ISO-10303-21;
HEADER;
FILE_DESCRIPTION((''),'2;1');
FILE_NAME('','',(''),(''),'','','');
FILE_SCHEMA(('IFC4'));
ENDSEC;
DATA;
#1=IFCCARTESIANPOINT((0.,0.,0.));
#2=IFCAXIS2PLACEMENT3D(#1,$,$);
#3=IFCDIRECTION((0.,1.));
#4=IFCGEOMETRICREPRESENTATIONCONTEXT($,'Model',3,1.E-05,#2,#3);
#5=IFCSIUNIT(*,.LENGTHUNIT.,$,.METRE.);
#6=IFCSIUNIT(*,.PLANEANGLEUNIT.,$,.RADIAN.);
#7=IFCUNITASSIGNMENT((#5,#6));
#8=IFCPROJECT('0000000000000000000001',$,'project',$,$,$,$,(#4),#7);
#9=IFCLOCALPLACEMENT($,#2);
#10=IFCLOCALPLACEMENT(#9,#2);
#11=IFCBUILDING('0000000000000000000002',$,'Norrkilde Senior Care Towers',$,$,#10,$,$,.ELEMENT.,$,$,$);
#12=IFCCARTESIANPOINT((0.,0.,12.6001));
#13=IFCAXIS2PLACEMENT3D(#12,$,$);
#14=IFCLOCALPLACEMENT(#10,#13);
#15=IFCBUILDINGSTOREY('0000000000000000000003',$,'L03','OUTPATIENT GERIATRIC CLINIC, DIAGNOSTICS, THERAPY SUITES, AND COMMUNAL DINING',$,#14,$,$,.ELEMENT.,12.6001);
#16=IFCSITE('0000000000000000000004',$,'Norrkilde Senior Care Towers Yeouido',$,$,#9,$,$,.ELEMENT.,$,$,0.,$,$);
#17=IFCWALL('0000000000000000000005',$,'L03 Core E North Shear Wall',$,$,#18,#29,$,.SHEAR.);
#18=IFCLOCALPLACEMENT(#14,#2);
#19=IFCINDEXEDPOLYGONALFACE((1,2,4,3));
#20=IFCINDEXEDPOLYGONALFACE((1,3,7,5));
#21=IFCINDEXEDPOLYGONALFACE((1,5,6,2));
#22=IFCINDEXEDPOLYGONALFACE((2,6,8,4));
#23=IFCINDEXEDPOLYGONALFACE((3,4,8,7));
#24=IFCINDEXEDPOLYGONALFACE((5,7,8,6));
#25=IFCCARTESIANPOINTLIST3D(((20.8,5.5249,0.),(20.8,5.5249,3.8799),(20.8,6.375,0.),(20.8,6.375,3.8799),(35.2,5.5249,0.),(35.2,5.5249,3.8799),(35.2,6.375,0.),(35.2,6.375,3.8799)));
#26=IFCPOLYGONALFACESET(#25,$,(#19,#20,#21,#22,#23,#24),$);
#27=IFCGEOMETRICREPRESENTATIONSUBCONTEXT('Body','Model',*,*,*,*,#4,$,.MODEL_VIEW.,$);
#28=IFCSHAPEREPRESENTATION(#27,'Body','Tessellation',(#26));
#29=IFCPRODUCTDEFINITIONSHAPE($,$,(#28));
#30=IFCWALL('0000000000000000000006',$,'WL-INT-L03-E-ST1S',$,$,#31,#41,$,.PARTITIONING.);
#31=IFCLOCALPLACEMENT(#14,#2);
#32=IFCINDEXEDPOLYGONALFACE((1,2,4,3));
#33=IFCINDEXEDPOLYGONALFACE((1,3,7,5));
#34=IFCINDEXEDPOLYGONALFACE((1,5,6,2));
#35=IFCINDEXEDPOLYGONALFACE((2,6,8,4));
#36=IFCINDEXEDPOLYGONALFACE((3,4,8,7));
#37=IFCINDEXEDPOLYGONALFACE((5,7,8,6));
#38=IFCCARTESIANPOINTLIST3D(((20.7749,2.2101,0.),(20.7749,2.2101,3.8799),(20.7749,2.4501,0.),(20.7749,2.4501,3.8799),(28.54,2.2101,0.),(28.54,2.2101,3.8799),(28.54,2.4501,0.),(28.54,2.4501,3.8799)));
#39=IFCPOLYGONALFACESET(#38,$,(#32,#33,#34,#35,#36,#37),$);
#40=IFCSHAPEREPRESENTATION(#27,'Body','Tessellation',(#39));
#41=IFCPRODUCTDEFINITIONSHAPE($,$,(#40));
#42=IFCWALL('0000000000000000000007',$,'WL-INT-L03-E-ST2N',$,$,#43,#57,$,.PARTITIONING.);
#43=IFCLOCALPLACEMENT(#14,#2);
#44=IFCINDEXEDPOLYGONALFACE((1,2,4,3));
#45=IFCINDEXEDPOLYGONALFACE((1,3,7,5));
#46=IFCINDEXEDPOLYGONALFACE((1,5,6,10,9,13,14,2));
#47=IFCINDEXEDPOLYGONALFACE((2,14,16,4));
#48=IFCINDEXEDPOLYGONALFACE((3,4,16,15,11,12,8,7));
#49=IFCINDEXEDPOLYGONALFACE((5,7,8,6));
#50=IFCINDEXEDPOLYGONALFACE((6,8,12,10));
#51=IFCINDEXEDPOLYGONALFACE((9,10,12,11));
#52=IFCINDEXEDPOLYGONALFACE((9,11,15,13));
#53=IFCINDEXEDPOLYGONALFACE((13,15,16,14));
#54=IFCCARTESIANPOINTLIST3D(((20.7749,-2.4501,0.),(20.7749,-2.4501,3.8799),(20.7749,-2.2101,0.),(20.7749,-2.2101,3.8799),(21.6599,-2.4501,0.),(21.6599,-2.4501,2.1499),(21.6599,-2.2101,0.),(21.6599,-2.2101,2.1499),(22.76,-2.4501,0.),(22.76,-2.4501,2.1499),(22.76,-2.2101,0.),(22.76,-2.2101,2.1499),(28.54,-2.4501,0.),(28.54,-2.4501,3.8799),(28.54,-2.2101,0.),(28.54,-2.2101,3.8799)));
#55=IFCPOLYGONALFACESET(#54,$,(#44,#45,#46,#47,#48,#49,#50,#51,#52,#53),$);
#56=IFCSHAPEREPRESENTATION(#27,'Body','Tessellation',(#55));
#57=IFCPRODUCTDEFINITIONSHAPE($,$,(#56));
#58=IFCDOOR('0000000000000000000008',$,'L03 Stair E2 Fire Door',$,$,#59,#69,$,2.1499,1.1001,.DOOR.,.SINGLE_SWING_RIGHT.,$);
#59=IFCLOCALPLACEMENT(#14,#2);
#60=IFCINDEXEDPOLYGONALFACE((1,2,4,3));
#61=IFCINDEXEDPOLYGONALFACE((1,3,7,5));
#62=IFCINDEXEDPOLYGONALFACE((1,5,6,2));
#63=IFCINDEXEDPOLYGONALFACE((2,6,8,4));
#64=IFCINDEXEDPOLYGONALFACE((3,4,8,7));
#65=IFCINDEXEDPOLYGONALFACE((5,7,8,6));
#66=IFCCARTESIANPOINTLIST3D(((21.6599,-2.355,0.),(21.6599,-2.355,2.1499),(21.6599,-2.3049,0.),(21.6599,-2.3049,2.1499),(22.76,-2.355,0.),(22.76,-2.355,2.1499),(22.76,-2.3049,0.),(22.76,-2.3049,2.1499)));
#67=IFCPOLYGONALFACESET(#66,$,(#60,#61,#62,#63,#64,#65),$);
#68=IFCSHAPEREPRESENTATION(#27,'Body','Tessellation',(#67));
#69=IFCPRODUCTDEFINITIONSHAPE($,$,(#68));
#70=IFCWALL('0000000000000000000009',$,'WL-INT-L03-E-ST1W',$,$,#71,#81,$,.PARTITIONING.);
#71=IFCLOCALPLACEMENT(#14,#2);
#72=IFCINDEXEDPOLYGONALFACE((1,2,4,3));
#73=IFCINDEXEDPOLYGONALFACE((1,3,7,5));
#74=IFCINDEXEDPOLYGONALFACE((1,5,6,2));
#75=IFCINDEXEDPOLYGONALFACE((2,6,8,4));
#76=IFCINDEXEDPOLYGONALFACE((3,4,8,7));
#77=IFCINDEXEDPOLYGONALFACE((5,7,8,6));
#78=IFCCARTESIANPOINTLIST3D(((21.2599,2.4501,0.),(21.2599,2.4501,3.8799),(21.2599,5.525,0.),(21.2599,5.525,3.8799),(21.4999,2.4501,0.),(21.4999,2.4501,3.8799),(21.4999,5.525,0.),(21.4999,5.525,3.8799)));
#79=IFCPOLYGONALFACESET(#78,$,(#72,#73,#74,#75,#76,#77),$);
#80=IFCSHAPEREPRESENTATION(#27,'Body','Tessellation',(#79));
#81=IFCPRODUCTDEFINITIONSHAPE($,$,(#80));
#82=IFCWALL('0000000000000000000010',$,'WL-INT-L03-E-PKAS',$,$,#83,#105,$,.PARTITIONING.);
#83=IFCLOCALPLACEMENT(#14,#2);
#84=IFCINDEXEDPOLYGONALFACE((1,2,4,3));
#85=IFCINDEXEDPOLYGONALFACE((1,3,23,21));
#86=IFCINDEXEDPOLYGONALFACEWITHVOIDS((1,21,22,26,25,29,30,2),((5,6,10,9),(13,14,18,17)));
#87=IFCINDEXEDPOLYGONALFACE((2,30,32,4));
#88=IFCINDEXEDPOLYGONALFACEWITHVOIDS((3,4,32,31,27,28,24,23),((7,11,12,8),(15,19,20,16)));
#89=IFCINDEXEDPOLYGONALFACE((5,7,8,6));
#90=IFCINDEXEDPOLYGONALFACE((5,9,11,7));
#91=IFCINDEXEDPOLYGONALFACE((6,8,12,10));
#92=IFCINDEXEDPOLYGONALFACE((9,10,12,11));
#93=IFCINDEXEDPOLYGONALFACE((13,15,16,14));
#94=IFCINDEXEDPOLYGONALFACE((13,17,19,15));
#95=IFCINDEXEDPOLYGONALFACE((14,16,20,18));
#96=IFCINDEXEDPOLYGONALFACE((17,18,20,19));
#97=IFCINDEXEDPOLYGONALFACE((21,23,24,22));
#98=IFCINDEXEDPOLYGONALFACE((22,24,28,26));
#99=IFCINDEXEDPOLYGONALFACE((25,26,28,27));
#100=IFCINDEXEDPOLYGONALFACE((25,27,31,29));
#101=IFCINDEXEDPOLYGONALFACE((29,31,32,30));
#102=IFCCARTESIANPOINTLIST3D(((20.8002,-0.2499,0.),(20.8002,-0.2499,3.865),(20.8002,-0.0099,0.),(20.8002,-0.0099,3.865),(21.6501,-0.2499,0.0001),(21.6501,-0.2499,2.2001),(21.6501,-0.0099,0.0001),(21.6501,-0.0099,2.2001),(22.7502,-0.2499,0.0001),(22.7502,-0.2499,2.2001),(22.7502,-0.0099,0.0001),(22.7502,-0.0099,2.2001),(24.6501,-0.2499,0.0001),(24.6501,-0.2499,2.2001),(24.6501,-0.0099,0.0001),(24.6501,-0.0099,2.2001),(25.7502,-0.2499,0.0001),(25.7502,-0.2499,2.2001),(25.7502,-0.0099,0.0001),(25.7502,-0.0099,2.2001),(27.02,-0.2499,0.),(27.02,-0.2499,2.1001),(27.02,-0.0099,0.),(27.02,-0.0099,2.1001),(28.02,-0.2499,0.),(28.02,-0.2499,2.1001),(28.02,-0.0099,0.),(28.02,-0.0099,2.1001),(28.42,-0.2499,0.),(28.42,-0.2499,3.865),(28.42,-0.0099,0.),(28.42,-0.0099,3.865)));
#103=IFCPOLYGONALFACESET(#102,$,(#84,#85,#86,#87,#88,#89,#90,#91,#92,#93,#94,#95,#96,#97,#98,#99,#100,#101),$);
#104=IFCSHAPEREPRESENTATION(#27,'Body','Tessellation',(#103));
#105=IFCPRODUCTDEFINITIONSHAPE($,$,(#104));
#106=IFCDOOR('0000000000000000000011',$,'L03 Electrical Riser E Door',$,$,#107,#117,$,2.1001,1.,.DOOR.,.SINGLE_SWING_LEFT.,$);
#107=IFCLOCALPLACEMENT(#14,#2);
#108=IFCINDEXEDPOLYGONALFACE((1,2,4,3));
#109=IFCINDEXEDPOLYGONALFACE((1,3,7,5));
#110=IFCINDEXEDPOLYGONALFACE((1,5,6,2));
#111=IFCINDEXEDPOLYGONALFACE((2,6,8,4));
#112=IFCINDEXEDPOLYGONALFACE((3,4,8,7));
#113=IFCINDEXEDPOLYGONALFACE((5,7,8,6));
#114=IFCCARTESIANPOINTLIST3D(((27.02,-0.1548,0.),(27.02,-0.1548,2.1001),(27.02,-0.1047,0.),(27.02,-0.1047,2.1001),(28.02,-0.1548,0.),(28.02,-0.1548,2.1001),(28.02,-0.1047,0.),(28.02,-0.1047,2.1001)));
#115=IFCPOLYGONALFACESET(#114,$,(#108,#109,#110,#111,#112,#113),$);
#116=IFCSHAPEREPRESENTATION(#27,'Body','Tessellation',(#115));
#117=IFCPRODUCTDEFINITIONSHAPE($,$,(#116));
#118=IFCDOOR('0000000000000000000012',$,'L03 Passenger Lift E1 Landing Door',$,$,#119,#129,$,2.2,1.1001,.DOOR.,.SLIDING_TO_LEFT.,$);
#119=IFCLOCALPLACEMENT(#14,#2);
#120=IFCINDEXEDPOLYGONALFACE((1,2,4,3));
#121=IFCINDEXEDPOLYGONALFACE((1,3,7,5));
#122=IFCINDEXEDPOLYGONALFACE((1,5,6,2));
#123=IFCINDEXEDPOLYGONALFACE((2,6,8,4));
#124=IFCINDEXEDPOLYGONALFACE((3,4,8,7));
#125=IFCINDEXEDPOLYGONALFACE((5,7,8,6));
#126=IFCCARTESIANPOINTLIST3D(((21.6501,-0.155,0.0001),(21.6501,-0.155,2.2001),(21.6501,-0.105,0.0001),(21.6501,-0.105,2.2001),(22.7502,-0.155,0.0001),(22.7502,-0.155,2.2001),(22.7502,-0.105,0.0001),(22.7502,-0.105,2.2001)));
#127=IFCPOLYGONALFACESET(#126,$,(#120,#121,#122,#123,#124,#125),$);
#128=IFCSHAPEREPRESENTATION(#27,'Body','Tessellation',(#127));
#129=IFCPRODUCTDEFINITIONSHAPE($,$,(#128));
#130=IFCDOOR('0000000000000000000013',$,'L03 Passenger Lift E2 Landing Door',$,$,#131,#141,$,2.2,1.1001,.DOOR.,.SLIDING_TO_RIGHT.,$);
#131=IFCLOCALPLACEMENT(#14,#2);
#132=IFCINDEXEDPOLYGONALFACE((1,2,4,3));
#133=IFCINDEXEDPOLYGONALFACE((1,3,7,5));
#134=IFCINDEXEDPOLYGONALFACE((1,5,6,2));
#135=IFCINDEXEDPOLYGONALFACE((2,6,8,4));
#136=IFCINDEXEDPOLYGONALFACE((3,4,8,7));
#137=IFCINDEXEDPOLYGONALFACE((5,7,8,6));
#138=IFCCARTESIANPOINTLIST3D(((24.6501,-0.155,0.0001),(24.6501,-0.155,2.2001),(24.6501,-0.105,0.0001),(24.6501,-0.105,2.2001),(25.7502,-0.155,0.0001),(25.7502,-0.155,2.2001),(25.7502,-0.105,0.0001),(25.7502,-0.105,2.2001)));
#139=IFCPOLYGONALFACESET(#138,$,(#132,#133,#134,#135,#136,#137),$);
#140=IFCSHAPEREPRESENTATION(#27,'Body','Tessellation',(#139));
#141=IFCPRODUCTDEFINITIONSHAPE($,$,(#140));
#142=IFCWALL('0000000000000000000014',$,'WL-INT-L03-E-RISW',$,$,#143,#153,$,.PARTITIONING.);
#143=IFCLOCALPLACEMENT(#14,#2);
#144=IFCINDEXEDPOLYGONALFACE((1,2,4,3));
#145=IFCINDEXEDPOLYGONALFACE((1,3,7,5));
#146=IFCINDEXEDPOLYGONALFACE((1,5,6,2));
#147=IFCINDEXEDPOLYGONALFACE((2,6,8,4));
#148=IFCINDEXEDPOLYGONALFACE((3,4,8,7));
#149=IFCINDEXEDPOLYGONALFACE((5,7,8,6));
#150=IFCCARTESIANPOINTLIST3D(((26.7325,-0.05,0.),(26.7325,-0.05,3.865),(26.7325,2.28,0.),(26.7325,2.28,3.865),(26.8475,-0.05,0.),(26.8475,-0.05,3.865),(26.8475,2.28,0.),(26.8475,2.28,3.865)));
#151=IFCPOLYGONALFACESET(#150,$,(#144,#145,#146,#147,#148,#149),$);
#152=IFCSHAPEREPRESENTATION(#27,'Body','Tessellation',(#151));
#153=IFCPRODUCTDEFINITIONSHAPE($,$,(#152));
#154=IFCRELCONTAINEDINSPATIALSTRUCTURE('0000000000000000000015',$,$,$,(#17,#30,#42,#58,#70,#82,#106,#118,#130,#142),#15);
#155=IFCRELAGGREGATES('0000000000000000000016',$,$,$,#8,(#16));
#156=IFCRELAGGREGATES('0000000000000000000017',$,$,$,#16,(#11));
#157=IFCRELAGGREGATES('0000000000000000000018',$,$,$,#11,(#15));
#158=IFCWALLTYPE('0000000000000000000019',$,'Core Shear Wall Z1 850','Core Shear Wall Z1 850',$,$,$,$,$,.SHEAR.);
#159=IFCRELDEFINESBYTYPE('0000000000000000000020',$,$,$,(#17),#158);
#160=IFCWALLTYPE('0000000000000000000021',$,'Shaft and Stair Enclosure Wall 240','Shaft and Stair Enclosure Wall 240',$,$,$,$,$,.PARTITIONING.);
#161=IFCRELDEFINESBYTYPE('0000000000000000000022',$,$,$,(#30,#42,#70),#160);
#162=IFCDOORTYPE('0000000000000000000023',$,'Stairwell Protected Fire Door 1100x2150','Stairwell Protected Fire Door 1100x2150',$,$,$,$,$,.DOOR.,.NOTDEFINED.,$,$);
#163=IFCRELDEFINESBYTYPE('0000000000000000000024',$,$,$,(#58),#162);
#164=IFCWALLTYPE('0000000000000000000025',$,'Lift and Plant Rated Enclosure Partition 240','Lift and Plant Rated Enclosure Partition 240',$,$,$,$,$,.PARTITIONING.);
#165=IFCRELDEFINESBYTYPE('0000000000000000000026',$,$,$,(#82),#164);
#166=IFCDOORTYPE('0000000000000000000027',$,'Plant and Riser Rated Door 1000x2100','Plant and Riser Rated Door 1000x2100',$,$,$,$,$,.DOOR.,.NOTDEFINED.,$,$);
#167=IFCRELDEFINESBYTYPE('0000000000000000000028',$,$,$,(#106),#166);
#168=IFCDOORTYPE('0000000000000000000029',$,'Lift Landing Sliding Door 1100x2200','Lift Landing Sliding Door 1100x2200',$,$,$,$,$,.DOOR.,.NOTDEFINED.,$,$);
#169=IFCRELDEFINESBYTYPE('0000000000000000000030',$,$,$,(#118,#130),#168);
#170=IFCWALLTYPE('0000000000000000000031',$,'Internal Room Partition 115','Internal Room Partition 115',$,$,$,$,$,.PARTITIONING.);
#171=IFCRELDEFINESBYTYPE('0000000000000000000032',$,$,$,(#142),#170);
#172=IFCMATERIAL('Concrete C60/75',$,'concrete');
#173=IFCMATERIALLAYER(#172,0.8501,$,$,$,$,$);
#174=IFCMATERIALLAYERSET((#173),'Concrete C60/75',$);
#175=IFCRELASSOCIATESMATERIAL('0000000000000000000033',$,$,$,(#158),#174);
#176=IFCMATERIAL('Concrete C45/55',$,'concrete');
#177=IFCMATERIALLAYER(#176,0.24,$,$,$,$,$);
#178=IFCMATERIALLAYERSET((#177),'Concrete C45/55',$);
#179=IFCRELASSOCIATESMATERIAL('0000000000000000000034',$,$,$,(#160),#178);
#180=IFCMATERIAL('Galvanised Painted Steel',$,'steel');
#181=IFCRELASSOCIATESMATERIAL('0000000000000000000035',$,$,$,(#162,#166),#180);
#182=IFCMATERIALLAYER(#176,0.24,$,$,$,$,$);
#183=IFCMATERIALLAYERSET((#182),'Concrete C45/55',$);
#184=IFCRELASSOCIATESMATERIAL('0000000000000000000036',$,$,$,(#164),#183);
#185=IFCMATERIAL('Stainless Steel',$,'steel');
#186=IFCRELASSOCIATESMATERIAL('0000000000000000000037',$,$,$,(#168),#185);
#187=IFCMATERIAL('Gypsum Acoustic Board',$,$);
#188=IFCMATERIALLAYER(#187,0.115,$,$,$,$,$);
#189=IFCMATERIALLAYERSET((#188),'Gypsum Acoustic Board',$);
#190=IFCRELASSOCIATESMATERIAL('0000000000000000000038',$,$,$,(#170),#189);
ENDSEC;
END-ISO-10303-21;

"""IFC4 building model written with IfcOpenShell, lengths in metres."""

from ifc_helpers import new_model, si_unit, direction, frame, frame_2d, origin, place, context, subcontext, project, spatial, rectangle, extrude, source, transform, mapped, material, layer, layer_set, type_object, type_shapes, element, fill, save


model = new_model("IFC4")

# Units and contexts
model_context = context("Model", 3, precision=1e-05, world=origin(), true_north=direction((0.0, 1.0)))
body_context = subcontext(model_context, "Body", "Model", "MODEL_VIEW")
ifc_project = project(units=[si_unit("LENGTHUNIT", "METRE"), si_unit("PLANEANGLEUNIT", "RADIAN")], contexts=[model_context])

# Site, building, storey
site_placement = place(None, origin())
site = spatial("IfcSite", under=ifc_project, at=site_placement, Name="Norrkilde Senior Care Towers Yeouido", CompositionType="ELEMENT", RefElevation=0.0)
building_placement = place(site_placement, origin())
building = spatial("IfcBuilding", under=site, at=building_placement, Name="Norrkilde Senior Care Towers", CompositionType="ELEMENT")
storey_placement = place(building_placement, frame((0.0, 0.0, 12.6001)))
storey = spatial("IfcBuildingStorey", under=building, at=storey_placement, Name="L03", Description="OUTPATIENT GERIATRIC CLINIC, DIAGNOSTICS, THERAPY SUITES, AND COMMUNAL DINING", CompositionType="ELEMENT", Elevation=12.6001)

# Shared definitions
ifc_material_1 = material(Name="Concrete C60/75", Category="concrete")

# Walls
ifc_layer_1 = layer(ifc_material_1, 0.8501)
ifc_layer_set_1 = layer_set([ifc_layer_1], Name="Concrete C60/75")
wall_type_1 = type_object("IfcWallType", Name="Core Shear Wall Z1 850", Description="Core Shear Wall Z1 850", PredefinedType="SHEAR", material=ifc_layer_set_1)
shared_shape_1 = source(origin(), body_context, "Body", "SweptSolid", [
    extrude(rectangle(XDim=14.3999, YDim=0.8501, at=frame_2d((7.2, 0.0))), origin(), (0.0, 0.0, 1.0), 3.8799),
])
type_shapes(wall_type_1, [shared_shape_1])
wall_1_placement = place(storey_placement, frame((20.8, 5.95, 0.0), z_axis=(0.0, 0.0, 1.0), x_axis=(1.0, 0.0, 0.0)))
element("IfcWall", 1, at=wall_1_placement, inside=storey, type_object=wall_type_1, Name="L03 Core E North Shear Wall", PredefinedType="SHEAR", context=body_context, shape_type="MappedRepresentation", body=[
    mapped(shared_shape_1, transform((0.0, 0.0, 0.0), x_axis=(1.0, 0.0, 0.0), y_axis=(0.0, 1.0, 0.0), z_axis=(0.0, 0.0, 1.0), scale=1.0)),
])
ifc_material_2 = material(Name="Concrete C45/55", Category="concrete")
ifc_layer_2 = layer(ifc_material_2, 0.24)
ifc_layer_set_2 = layer_set([ifc_layer_2], Name="Concrete C45/55")
wall_type_2 = type_object("IfcWallType", Name="Shaft and Stair Enclosure Wall 240", Description="Shaft and Stair Enclosure Wall 240", PredefinedType="PARTITIONING", material=ifc_layer_set_2)
shared_shape_2 = source(origin(), body_context, "Body", "SweptSolid", [
    extrude(rectangle(XDim=7.7651, YDim=0.24, at=frame_2d((3.8826, 0.0))), origin(), (0.0, 0.0, 1.0), 3.8799),
])
wall_2_placement = place(storey_placement, frame((20.7749, 2.3301, 0.0), z_axis=(0.0, 0.0, 1.0), x_axis=(1.0, 0.0, 0.0)))
element("IfcWall", 2, at=wall_2_placement, inside=storey, type_object=wall_type_2, Name="WL-INT-L03-E-ST1S", PredefinedType="PARTITIONING", context=body_context, shape_type="MappedRepresentation", body=[
    mapped(shared_shape_2, transform((0.0, 0.0, 0.0), x_axis=(1.0, 0.0, 0.0), y_axis=(0.0, 1.0, 0.0), z_axis=(0.0, 0.0, 1.0), scale=1.0)),
])

# Wall, opening, door
wall_3_placement = place(storey_placement, frame((20.7749, -2.3301, 0.0), z_axis=(0.0, 0.0, 1.0), x_axis=(1.0, 0.0, 0.0)))
wall_3 = element("IfcWall", 3, at=wall_3_placement, inside=storey, type_object=wall_type_2, Name="WL-INT-L03-E-ST2N", PredefinedType="PARTITIONING", context=body_context, shape_type="MappedRepresentation", body=[
    mapped(shared_shape_2, transform((0.0, 0.0, 0.0), x_axis=(1.0, 0.0, 0.0), y_axis=(0.0, 1.0, 0.0), z_axis=(0.0, 0.0, 1.0), scale=1.0)),
])
opening_1_placement = place(wall_3_placement, frame((0.885, 0.0, 0.0)))
opening_1 = element("IfcOpeningElement", 4, at=opening_1_placement, cuts=wall_3, PredefinedType="OPENING", context=body_context, shape_type="SweptSolid", body=[
    extrude(rectangle(XDim=1.1001, YDim=2.1499, at=frame_2d((0.55, 1.075))), frame((0.0, 0.1299, 0.0), z_axis=(0.0, -1.0, 0.0), x_axis=(1.0, 0.0, 0.0)), (0.0, 0.0, 1.0), 0.26),
])
ifc_material_3 = material(Name="Galvanised Painted Steel", Category="steel")
door_type_1 = type_object("IfcDoorType", Name="Stairwell Protected Fire Door 1100x2150", Description="Stairwell Protected Fire Door 1100x2150", OperationType="NOTDEFINED", PredefinedType="DOOR", material=ifc_material_3)
shared_shape_3 = source(origin(), body_context, "Body", "SweptSolid", [
    extrude(rectangle(XDim=1.1001, YDim=2.1499, at=frame_2d((0.55, 1.075))), frame((0.0, 0.0249, 0.0), z_axis=(0.0, -1.0, 0.0), x_axis=(1.0, 0.0, 0.0)), (0.0, 0.0, 1.0), 0.05),
])
type_shapes(door_type_1, [shared_shape_3])
door_1_placement = place(opening_1_placement, frame((1.1001, 0.0, 0.0), z_axis=(0.0, 0.0, 1.0), x_axis=(-1.0, 0.0, 0.0)))
door_1 = element("IfcDoor", 5, at=door_1_placement, inside=storey, type_object=door_type_1, Name="L03 Stair E2 Fire Door", OperationType="SINGLE_SWING_RIGHT", OverallHeight=2.1499, OverallWidth=1.1001, PredefinedType="DOOR", context=body_context, shape_type="MappedRepresentation", body=[
    mapped(shared_shape_3, transform((0.0, 0.0, 0.0), x_axis=(1.0, 0.0, 0.0), y_axis=(0.0, 1.0, 0.0), z_axis=(0.0, 0.0, 1.0), scale=1.0)),
])
fill(opening_1, door_1)

# Wall
shared_shape_4 = source(origin(), body_context, "Body", "SweptSolid", [
    extrude(rectangle(XDim=3.075, YDim=0.24, at=frame_2d((1.5376, 0.0))), origin(), (0.0, 0.0, 1.0), 3.8799),
])
type_shapes(wall_type_2, [shared_shape_2, shared_shape_4])
wall_4_placement = place(storey_placement, frame((21.3799, 2.45, 0.0), z_axis=(0.0, 0.0, 1.0), x_axis=(0.0, 1.0, 0.0)))
element("IfcWall", 6, at=wall_4_placement, inside=storey, type_object=wall_type_2, Name="WL-INT-L03-E-ST1W", PredefinedType="PARTITIONING", context=body_context, shape_type="MappedRepresentation", body=[
    mapped(shared_shape_4, transform((0.0, 0.0, 0.0), x_axis=(1.0, 0.0, 0.0), y_axis=(0.0, 1.0, 0.0), z_axis=(0.0, 0.0, 1.0), scale=1.0)),
])

# Wall, openings, doors
ifc_layer_3 = layer(ifc_material_2, 0.24)
ifc_layer_set_3 = layer_set([ifc_layer_3], Name="Concrete C45/55")
wall_type_3 = type_object("IfcWallType", Name="Lift and Plant Rated Enclosure Partition 240", Description="Lift and Plant Rated Enclosure Partition 240", PredefinedType="PARTITIONING", material=ifc_layer_set_3)
shared_shape_5 = source(origin(), body_context, "Body", "SweptSolid", [
    extrude(rectangle(XDim=7.6199, YDim=0.24, at=frame_2d((3.8101, 0.0))), origin(), (0.0, 0.0, 1.0), 3.865),
])
type_shapes(wall_type_3, [shared_shape_5])
wall_5_placement = place(storey_placement, frame((20.8, -0.1299, 0.0), z_axis=(0.0, 0.0, 1.0), x_axis=(1.0, 0.0, 0.0)))
wall_5 = element("IfcWall", 7, at=wall_5_placement, inside=storey, type_object=wall_type_3, Name="WL-INT-L03-E-PKAS", PredefinedType="PARTITIONING", context=body_context, shape_type="MappedRepresentation", body=[
    mapped(shared_shape_5, transform((0.0, 0.0, 0.0), x_axis=(1.0, 0.0, 0.0), y_axis=(0.0, 1.0, 0.0), z_axis=(0.0, 0.0, 1.0), scale=1.0)),
])
opening_2_placement = place(wall_5_placement, frame((6.22, 0.0, 0.0)))
opening_2 = element("IfcOpeningElement", 8, at=opening_2_placement, cuts=wall_5, PredefinedType="OPENING", context=body_context, shape_type="SweptSolid", body=[
    extrude(rectangle(XDim=1.0, YDim=2.1001, at=frame_2d((0.5, 1.05))), frame((0.0, 0.1299, 0.0), z_axis=(0.0, -1.0, 0.0), x_axis=(1.0, 0.0, 0.0)), (0.0, 0.0, 1.0), 0.26),
])
opening_3_placement = place(wall_5_placement, frame((0.8501, 0.0, 0.0)))
opening_3 = element("IfcOpeningElement", 9, at=opening_3_placement, cuts=wall_5, PredefinedType="OPENING", context=body_context, shape_type="SweptSolid", body=[
    extrude(rectangle(XDim=1.1001, YDim=2.2, at=frame_2d((0.55, 1.1001))), frame((0.0, 0.1299, 0.0), z_axis=(0.0, -1.0, 0.0), x_axis=(1.0, 0.0, 0.0)), (0.0, 0.0, 1.0), 0.26),
])
opening_4_placement = place(wall_5_placement, frame((3.8501, 0.0, 0.0)))
opening_4 = element("IfcOpeningElement", 10, at=opening_4_placement, cuts=wall_5, PredefinedType="OPENING", context=body_context, shape_type="SweptSolid", body=[
    extrude(rectangle(XDim=1.1001, YDim=2.2, at=frame_2d((0.55, 1.1001))), frame((0.0, 0.1299, 0.0), z_axis=(0.0, -1.0, 0.0), x_axis=(1.0, 0.0, 0.0)), (0.0, 0.0, 1.0), 0.26),
])
door_type_2 = type_object("IfcDoorType", Name="Plant and Riser Rated Door 1000x2100", Description="Plant and Riser Rated Door 1000x2100", OperationType="NOTDEFINED", PredefinedType="DOOR", material=ifc_material_3)
shared_shape_6 = source(origin(), body_context, "Body", "SweptSolid", [
    extrude(rectangle(XDim=1.0, YDim=2.1001, at=frame_2d((0.5, 1.05))), frame((0.0, 0.0249, 0.0), z_axis=(0.0, -1.0, 0.0), x_axis=(1.0, 0.0, 0.0)), (0.0, 0.0, 1.0), 0.05),
])
type_shapes(door_type_2, [shared_shape_6])
door_2_placement = place(opening_2_placement, frame((1.0, 0.0, 0.0), z_axis=(0.0, 0.0, 1.0), x_axis=(-1.0, 0.0, 0.0)))
door_2 = element("IfcDoor", 11, at=door_2_placement, inside=storey, type_object=door_type_2, Name="L03 Electrical Riser E Door", OperationType="SINGLE_SWING_LEFT", OverallHeight=2.1001, OverallWidth=1.0, PredefinedType="DOOR", context=body_context, shape_type="MappedRepresentation", body=[
    mapped(shared_shape_6, transform((0.0, 0.0, 0.0), x_axis=(1.0, 0.0, 0.0), y_axis=(0.0, 1.0, 0.0), z_axis=(0.0, 0.0, 1.0), scale=1.0)),
])
fill(opening_2, door_2)
ifc_material_4 = material(Name="Stainless Steel", Category="steel")
door_type_3 = type_object("IfcDoorType", Name="Lift Landing Sliding Door 1100x2200", Description="Lift Landing Sliding Door 1100x2200", OperationType="NOTDEFINED", PredefinedType="DOOR", material=ifc_material_4)
shared_shape_7 = source(origin(), body_context, "Body", "SweptSolid", [
    extrude(rectangle(XDim=1.1001, YDim=2.2, at=frame_2d((0.55, 1.1001))), frame((0.0, 0.0249, 0.0), z_axis=(0.0, -1.0, 0.0), x_axis=(1.0, 0.0, 0.0)), (0.0, 0.0, 1.0), 0.05),
])
type_shapes(door_type_3, [shared_shape_7])
door_3_placement = place(opening_3_placement, origin())
door_3 = element("IfcDoor", 12, at=door_3_placement, inside=storey, type_object=door_type_3, Name="L03 Passenger Lift E1 Landing Door", OperationType="SLIDING_TO_LEFT", OverallHeight=2.2, OverallWidth=1.1001, PredefinedType="DOOR", context=body_context, shape_type="MappedRepresentation", body=[
    mapped(shared_shape_7, transform((0.0, 0.0, 0.0), x_axis=(1.0, 0.0, 0.0), y_axis=(0.0, 1.0, 0.0), z_axis=(0.0, 0.0, 1.0), scale=1.0)),
])
fill(opening_3, door_3)
door_4_placement = place(opening_4_placement, origin())
door_4 = element("IfcDoor", 13, at=door_4_placement, inside=storey, type_object=door_type_3, Name="L03 Passenger Lift E2 Landing Door", OperationType="SLIDING_TO_RIGHT", OverallHeight=2.2, OverallWidth=1.1001, PredefinedType="DOOR", context=body_context, shape_type="MappedRepresentation", body=[
    mapped(shared_shape_7, transform((0.0, 0.0, 0.0), x_axis=(1.0, 0.0, 0.0), y_axis=(0.0, 1.0, 0.0), z_axis=(0.0, 0.0, 1.0), scale=1.0)),
])
fill(opening_4, door_4)

# Wall
ifc_material_5 = material(Name="Gypsum Acoustic Board")
ifc_layer_4 = layer(ifc_material_5, 0.115)
ifc_layer_set_4 = layer_set([ifc_layer_4], Name="Gypsum Acoustic Board")
wall_type_4 = type_object("IfcWallType", Name="Internal Room Partition 115", Description="Internal Room Partition 115", PredefinedType="PARTITIONING", material=ifc_layer_set_4)
shared_shape_8 = source(origin(), body_context, "Body", "SweptSolid", [
    extrude(rectangle(XDim=2.3301, YDim=0.115, at=frame_2d((1.165, 0.0))), origin(), (0.0, 0.0, 1.0), 3.865),
])
type_shapes(wall_type_4, [shared_shape_8])
wall_6_placement = place(storey_placement, frame((26.79, -0.05, 0.0), z_axis=(0.0, 0.0, 1.0), x_axis=(0.0, 1.0, 0.0)))
element("IfcWall", 14, at=wall_6_placement, inside=storey, type_object=wall_type_4, Name="WL-INT-L03-E-RISW", PredefinedType="PARTITIONING", context=body_context, shape_type="MappedRepresentation", body=[
    mapped(shared_shape_8, transform((0.0, 0.0, 0.0), x_axis=(1.0, 0.0, 0.0), y_axis=(0.0, 1.0, 0.0), z_axis=(0.0, 0.0, 1.0), scale=1.0)),
])

save(model, "model.ifc")
